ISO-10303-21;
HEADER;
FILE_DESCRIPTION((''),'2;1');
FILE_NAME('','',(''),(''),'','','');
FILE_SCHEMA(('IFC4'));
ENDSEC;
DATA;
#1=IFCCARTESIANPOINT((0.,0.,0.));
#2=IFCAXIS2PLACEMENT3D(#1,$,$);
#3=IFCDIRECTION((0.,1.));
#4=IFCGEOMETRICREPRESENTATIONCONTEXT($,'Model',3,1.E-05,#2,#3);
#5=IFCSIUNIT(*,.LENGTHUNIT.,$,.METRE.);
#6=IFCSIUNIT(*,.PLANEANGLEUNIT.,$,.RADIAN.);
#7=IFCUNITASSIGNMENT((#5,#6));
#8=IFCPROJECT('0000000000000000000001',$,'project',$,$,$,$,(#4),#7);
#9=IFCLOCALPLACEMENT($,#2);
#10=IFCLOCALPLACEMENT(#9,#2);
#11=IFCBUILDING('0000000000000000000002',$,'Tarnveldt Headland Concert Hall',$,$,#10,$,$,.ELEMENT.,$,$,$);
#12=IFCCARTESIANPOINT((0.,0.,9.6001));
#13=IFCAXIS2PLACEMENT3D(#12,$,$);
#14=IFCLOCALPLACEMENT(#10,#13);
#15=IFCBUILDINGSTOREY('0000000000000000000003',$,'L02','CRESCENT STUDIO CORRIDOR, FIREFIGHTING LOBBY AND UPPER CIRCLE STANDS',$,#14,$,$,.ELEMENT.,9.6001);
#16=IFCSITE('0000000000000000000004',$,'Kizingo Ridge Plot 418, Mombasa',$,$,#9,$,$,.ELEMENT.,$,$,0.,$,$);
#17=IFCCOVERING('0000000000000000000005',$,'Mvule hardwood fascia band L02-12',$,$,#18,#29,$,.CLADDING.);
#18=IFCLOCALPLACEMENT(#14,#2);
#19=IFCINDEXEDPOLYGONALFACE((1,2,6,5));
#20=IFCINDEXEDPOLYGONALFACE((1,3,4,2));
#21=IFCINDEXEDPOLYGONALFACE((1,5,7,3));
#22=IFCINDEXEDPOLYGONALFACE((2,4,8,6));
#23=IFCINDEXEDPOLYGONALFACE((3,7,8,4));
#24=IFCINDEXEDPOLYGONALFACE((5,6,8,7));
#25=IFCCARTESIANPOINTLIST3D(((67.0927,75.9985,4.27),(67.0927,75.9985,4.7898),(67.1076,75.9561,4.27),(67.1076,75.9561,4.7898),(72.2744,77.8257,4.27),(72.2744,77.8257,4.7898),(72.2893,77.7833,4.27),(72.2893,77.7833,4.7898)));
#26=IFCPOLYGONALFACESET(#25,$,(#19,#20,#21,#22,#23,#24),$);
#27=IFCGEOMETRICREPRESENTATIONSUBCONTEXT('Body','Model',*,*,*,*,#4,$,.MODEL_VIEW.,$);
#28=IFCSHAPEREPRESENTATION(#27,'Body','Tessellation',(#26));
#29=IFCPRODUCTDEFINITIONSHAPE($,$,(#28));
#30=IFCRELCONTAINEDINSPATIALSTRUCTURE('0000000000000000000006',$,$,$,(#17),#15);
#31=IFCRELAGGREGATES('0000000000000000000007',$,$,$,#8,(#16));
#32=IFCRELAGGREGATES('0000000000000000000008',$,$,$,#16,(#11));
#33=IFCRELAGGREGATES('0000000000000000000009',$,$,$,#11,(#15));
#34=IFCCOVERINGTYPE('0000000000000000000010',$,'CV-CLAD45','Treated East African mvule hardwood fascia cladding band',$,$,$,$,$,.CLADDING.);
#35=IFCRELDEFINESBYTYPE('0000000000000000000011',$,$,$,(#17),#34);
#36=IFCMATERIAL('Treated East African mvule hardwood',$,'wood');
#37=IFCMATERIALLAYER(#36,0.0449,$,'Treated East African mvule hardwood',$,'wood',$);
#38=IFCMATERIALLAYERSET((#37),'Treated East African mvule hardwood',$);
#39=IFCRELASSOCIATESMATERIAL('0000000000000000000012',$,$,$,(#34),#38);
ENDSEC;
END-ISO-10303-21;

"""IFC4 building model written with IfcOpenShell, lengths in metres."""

from ifc_helpers import new_model, si_unit, direction, frame, frame_2d, origin, place, context, subcontext, project, spatial, rectangle, extrude, material, layer, layer_set, type_object, element, save


model = new_model("IFC4")

# Units and contexts
model_context = context("Model", 3, precision=1e-05, world=origin(), true_north=direction((0.0, 1.0)))
body_context = subcontext(model_context, "Body", "Model", "MODEL_VIEW")
ifc_project = project(units=[si_unit("LENGTHUNIT", "METRE"), si_unit("PLANEANGLEUNIT", "RADIAN")], contexts=[model_context])

# Site, building, storey
site_placement = place(None, origin())
site = spatial("IfcSite", under=ifc_project, at=site_placement, Name="Kizingo Ridge Plot 418, Mombasa", CompositionType="ELEMENT", RefElevation=0.0)
building_placement = place(site_placement, origin())
building = spatial("IfcBuilding", under=site, at=building_placement, Name="Tarnveldt Headland Concert Hall", CompositionType="ELEMENT")
storey_placement = place(building_placement, frame((0.0, 0.0, 9.6001)))
storey = spatial("IfcBuildingStorey", under=building, at=storey_placement, Name="L02", Description="CRESCENT STUDIO CORRIDOR, FIREFIGHTING LOBBY AND UPPER CIRCLE STANDS", CompositionType="ELEMENT", Elevation=9.6001)

# Covering
ifc_material_1 = material(Name="Treated East African mvule hardwood", Category="wood")
ifc_layer_1 = layer(ifc_material_1, 0.0449, Name="Treated East African mvule hardwood", Category="wood")
ifc_layer_set_1 = layer_set([ifc_layer_1], Name="Treated East African mvule hardwood")
covering_type = type_object("IfcCoveringType", Name="CV-CLAD45", Description="Treated East African mvule hardwood fascia cladding band", PredefinedType="CLADDING", material=ifc_layer_set_1)
covering_placement = place(storey_placement, frame((72.2817, 77.8044, 4.27), z_axis=(0.0, 0.0, 1.0), x_axis=(-0.943085, -0.33255, 0.0)))
element("IfcCovering", 1, at=covering_placement, inside=storey, type_object=covering_type, Name="Mvule hardwood fascia band L02-12", PredefinedType="CLADDING", context=body_context, shape_type="SweptSolid", body=[
    extrude(rectangle(XDim=5.4944, YDim=0.0449, at=frame_2d((2.7471, 0.0))), origin(), (0.0, 0.0, 1.0), 0.5198),
])

save(model, "model.ifc")
